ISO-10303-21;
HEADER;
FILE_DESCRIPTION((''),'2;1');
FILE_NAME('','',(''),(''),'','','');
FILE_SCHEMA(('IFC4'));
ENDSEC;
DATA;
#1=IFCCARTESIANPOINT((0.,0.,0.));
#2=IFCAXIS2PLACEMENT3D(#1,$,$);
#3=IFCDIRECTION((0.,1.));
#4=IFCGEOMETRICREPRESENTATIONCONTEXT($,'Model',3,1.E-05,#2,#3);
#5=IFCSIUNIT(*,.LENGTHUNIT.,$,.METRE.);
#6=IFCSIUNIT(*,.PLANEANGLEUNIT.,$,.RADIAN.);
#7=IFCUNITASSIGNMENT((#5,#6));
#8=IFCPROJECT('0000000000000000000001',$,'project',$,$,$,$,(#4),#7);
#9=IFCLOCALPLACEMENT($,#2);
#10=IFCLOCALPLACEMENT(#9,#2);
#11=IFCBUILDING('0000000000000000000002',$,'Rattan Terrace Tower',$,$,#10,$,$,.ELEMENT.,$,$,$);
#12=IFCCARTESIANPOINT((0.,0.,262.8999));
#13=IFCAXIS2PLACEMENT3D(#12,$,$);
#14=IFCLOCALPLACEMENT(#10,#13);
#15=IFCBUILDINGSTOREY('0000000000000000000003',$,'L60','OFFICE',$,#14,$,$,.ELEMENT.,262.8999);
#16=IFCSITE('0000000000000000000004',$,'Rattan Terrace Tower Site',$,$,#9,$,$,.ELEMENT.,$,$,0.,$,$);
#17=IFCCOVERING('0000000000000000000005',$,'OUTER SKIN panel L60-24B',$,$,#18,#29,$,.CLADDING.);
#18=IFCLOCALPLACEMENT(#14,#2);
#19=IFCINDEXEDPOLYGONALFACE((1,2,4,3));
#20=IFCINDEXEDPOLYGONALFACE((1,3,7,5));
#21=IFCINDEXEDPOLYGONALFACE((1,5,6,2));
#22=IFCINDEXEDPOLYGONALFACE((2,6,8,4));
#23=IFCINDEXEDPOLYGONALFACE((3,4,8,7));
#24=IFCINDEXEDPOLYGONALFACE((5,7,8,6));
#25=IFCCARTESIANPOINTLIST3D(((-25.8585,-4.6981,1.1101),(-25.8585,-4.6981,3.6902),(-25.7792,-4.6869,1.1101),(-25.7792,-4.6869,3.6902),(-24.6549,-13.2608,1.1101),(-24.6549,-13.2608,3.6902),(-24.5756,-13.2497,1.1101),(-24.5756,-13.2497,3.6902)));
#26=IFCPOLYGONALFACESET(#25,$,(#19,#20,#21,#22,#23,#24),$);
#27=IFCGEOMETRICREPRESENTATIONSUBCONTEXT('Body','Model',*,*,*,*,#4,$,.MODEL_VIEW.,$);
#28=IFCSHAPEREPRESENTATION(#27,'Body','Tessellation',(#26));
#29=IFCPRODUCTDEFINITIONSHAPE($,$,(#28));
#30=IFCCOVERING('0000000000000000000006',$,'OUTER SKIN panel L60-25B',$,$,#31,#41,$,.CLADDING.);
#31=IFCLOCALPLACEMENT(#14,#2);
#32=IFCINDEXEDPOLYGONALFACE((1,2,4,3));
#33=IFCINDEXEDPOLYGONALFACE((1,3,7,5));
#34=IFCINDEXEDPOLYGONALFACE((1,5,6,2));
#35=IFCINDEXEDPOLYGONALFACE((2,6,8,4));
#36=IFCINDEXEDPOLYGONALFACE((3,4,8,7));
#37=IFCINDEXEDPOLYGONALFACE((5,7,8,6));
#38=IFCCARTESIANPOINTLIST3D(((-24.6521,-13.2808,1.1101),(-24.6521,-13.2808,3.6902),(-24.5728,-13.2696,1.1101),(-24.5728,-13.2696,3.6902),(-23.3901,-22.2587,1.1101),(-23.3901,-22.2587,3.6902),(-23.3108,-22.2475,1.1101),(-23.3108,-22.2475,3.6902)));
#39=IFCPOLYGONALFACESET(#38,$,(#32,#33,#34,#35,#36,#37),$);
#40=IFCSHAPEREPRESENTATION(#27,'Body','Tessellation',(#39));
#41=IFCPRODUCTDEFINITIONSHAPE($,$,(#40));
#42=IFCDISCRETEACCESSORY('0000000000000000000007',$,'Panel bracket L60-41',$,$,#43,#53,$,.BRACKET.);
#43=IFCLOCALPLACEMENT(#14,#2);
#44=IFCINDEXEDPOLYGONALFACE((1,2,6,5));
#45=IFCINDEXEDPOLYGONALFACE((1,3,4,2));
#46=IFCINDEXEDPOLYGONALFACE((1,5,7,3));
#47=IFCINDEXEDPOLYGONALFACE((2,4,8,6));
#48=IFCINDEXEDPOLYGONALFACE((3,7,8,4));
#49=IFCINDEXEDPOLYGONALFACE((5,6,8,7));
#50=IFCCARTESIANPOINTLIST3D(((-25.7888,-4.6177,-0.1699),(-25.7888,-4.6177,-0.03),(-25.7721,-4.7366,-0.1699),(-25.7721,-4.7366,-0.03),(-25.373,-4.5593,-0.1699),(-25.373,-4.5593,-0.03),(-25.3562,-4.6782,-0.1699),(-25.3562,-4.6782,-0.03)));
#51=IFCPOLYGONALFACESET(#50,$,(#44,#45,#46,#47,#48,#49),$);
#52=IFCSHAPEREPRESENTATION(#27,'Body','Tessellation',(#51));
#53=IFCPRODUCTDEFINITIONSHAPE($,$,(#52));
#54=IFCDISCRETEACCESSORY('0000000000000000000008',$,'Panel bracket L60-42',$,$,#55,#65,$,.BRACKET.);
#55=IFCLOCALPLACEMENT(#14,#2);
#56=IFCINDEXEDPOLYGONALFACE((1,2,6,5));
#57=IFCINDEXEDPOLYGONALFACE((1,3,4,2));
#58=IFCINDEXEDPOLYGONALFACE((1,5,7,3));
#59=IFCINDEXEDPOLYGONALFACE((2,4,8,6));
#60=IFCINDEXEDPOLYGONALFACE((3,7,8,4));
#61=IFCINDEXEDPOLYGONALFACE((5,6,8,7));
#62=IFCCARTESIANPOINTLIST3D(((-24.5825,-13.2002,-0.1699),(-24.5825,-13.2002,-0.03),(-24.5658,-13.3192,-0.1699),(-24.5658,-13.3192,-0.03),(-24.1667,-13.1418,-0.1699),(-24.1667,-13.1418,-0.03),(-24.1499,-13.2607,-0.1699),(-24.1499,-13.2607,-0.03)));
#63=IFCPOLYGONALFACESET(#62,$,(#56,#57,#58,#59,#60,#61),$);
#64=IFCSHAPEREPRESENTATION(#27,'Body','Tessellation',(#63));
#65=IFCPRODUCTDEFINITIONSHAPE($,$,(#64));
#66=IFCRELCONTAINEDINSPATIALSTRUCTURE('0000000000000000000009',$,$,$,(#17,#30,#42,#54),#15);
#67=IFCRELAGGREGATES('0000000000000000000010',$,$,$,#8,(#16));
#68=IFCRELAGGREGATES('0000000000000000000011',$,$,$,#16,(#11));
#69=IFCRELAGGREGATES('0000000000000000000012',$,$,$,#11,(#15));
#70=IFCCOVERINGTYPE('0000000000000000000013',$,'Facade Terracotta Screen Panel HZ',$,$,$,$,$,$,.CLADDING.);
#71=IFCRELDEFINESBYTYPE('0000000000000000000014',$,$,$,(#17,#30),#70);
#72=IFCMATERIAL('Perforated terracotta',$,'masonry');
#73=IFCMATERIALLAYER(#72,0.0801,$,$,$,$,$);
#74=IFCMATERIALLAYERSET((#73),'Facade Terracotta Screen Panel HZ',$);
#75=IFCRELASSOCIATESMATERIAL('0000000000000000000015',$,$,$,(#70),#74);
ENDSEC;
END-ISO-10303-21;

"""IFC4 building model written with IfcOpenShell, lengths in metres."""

from ifc_helpers import new_model, si_unit, direction, frame, origin, origin_2d, place, context, subcontext, project, spatial, rectangle, extrude, material, layer, layer_set, type_object, element, save


model = new_model("IFC4")

# Units and contexts
model_context = context("Model", 3, precision=1e-05, world=origin(), true_north=direction((0.0, 1.0)))
body_context = subcontext(model_context, "Body", "Model", "MODEL_VIEW")
ifc_project = project(units=[si_unit("LENGTHUNIT", "METRE"), si_unit("PLANEANGLEUNIT", "RADIAN")], contexts=[model_context])

# Site, building, storey
site_placement = place(None, origin())
site = spatial("IfcSite", under=ifc_project, at=site_placement, Name="Rattan Terrace Tower Site", CompositionType="ELEMENT", RefElevation=0.0)
building_placement = place(site_placement, origin())
building = spatial("IfcBuilding", under=site, at=building_placement, Name="Rattan Terrace Tower", CompositionType="ELEMENT")
storey_placement = place(building_placement, frame((0.0, 0.0, 262.8999)))
storey = spatial("IfcBuildingStorey", under=building, at=storey_placement, Name="L60", Description="OFFICE", CompositionType="ELEMENT", Elevation=262.8999)

# Coverings
ifc_material_1 = material(Name="Perforated terracotta", Category="masonry")
ifc_layer_1 = layer(ifc_material_1, 0.0801)
ifc_layer_set_1 = layer_set([ifc_layer_1], Name="Facade Terracotta Screen Panel HZ")
covering_type_1 = type_object("IfcCoveringType", Name="Facade Terracotta Screen Panel HZ", PredefinedType="CLADDING", material=ifc_layer_set_1)
covering_1_placement = place(storey_placement, frame((-25.217, -8.9739, 1.1101), z_axis=(0.0, 0.0, 1.0), x_axis=(0.139192, -0.990265, 0.0)))
element("IfcCovering", 1, at=covering_1_placement, inside=storey, type_object=covering_type_1, Name="OUTER SKIN panel L60-24B", PredefinedType="CLADDING", context=body_context, shape_type="SweptSolid", body=[
    extrude(rectangle(XDim=8.647, YDim=0.0801, at=origin_2d()), origin(), (0.0, 0.0, 1.0), 2.5801),
])
covering_2_placement = place(storey_placement, frame((-23.9814, -17.7642, 1.1101), z_axis=(0.0, 0.0, 1.0), x_axis=(0.139192, -0.990265, 0.0)))
element("IfcCovering", 2, at=covering_2_placement, inside=storey, type_object=covering_type_1, Name="OUTER SKIN panel L60-25B", PredefinedType="CLADDING", context=body_context, shape_type="SweptSolid", body=[
    extrude(rectangle(XDim=9.0662, YDim=0.0801, at=origin_2d()), origin(), (0.0, 0.0, 1.0), 2.5801),
])

# Discrete accessories
for number, where, z_axis, x_axis, name in (
    (3, (-25.5725, -4.6479, -0.1699), (0.0, 0.0, 1.0), (0.139192, -0.990265, 0.0), "Panel bracket L60-41"),
    (4, (-24.3662, -13.2305, -0.1699), (0.0, 0.0, 1.0), (0.139192, -0.990265, 0.0), "Panel bracket L60-42"),
):
    element("IfcDiscreteAccessory", number, at=place(storey_placement, frame(where, z_axis=z_axis, x_axis=x_axis)), inside=storey, Name=name, PredefinedType="BRACKET", context=body_context, shape_type="SweptSolid", body=[
        extrude(rectangle(XDim=0.1201, YDim=0.4199, at=origin_2d()), origin(), (0.0, 0.0, 1.0), 0.1399),
    ])

save(model, "model.ifc")
